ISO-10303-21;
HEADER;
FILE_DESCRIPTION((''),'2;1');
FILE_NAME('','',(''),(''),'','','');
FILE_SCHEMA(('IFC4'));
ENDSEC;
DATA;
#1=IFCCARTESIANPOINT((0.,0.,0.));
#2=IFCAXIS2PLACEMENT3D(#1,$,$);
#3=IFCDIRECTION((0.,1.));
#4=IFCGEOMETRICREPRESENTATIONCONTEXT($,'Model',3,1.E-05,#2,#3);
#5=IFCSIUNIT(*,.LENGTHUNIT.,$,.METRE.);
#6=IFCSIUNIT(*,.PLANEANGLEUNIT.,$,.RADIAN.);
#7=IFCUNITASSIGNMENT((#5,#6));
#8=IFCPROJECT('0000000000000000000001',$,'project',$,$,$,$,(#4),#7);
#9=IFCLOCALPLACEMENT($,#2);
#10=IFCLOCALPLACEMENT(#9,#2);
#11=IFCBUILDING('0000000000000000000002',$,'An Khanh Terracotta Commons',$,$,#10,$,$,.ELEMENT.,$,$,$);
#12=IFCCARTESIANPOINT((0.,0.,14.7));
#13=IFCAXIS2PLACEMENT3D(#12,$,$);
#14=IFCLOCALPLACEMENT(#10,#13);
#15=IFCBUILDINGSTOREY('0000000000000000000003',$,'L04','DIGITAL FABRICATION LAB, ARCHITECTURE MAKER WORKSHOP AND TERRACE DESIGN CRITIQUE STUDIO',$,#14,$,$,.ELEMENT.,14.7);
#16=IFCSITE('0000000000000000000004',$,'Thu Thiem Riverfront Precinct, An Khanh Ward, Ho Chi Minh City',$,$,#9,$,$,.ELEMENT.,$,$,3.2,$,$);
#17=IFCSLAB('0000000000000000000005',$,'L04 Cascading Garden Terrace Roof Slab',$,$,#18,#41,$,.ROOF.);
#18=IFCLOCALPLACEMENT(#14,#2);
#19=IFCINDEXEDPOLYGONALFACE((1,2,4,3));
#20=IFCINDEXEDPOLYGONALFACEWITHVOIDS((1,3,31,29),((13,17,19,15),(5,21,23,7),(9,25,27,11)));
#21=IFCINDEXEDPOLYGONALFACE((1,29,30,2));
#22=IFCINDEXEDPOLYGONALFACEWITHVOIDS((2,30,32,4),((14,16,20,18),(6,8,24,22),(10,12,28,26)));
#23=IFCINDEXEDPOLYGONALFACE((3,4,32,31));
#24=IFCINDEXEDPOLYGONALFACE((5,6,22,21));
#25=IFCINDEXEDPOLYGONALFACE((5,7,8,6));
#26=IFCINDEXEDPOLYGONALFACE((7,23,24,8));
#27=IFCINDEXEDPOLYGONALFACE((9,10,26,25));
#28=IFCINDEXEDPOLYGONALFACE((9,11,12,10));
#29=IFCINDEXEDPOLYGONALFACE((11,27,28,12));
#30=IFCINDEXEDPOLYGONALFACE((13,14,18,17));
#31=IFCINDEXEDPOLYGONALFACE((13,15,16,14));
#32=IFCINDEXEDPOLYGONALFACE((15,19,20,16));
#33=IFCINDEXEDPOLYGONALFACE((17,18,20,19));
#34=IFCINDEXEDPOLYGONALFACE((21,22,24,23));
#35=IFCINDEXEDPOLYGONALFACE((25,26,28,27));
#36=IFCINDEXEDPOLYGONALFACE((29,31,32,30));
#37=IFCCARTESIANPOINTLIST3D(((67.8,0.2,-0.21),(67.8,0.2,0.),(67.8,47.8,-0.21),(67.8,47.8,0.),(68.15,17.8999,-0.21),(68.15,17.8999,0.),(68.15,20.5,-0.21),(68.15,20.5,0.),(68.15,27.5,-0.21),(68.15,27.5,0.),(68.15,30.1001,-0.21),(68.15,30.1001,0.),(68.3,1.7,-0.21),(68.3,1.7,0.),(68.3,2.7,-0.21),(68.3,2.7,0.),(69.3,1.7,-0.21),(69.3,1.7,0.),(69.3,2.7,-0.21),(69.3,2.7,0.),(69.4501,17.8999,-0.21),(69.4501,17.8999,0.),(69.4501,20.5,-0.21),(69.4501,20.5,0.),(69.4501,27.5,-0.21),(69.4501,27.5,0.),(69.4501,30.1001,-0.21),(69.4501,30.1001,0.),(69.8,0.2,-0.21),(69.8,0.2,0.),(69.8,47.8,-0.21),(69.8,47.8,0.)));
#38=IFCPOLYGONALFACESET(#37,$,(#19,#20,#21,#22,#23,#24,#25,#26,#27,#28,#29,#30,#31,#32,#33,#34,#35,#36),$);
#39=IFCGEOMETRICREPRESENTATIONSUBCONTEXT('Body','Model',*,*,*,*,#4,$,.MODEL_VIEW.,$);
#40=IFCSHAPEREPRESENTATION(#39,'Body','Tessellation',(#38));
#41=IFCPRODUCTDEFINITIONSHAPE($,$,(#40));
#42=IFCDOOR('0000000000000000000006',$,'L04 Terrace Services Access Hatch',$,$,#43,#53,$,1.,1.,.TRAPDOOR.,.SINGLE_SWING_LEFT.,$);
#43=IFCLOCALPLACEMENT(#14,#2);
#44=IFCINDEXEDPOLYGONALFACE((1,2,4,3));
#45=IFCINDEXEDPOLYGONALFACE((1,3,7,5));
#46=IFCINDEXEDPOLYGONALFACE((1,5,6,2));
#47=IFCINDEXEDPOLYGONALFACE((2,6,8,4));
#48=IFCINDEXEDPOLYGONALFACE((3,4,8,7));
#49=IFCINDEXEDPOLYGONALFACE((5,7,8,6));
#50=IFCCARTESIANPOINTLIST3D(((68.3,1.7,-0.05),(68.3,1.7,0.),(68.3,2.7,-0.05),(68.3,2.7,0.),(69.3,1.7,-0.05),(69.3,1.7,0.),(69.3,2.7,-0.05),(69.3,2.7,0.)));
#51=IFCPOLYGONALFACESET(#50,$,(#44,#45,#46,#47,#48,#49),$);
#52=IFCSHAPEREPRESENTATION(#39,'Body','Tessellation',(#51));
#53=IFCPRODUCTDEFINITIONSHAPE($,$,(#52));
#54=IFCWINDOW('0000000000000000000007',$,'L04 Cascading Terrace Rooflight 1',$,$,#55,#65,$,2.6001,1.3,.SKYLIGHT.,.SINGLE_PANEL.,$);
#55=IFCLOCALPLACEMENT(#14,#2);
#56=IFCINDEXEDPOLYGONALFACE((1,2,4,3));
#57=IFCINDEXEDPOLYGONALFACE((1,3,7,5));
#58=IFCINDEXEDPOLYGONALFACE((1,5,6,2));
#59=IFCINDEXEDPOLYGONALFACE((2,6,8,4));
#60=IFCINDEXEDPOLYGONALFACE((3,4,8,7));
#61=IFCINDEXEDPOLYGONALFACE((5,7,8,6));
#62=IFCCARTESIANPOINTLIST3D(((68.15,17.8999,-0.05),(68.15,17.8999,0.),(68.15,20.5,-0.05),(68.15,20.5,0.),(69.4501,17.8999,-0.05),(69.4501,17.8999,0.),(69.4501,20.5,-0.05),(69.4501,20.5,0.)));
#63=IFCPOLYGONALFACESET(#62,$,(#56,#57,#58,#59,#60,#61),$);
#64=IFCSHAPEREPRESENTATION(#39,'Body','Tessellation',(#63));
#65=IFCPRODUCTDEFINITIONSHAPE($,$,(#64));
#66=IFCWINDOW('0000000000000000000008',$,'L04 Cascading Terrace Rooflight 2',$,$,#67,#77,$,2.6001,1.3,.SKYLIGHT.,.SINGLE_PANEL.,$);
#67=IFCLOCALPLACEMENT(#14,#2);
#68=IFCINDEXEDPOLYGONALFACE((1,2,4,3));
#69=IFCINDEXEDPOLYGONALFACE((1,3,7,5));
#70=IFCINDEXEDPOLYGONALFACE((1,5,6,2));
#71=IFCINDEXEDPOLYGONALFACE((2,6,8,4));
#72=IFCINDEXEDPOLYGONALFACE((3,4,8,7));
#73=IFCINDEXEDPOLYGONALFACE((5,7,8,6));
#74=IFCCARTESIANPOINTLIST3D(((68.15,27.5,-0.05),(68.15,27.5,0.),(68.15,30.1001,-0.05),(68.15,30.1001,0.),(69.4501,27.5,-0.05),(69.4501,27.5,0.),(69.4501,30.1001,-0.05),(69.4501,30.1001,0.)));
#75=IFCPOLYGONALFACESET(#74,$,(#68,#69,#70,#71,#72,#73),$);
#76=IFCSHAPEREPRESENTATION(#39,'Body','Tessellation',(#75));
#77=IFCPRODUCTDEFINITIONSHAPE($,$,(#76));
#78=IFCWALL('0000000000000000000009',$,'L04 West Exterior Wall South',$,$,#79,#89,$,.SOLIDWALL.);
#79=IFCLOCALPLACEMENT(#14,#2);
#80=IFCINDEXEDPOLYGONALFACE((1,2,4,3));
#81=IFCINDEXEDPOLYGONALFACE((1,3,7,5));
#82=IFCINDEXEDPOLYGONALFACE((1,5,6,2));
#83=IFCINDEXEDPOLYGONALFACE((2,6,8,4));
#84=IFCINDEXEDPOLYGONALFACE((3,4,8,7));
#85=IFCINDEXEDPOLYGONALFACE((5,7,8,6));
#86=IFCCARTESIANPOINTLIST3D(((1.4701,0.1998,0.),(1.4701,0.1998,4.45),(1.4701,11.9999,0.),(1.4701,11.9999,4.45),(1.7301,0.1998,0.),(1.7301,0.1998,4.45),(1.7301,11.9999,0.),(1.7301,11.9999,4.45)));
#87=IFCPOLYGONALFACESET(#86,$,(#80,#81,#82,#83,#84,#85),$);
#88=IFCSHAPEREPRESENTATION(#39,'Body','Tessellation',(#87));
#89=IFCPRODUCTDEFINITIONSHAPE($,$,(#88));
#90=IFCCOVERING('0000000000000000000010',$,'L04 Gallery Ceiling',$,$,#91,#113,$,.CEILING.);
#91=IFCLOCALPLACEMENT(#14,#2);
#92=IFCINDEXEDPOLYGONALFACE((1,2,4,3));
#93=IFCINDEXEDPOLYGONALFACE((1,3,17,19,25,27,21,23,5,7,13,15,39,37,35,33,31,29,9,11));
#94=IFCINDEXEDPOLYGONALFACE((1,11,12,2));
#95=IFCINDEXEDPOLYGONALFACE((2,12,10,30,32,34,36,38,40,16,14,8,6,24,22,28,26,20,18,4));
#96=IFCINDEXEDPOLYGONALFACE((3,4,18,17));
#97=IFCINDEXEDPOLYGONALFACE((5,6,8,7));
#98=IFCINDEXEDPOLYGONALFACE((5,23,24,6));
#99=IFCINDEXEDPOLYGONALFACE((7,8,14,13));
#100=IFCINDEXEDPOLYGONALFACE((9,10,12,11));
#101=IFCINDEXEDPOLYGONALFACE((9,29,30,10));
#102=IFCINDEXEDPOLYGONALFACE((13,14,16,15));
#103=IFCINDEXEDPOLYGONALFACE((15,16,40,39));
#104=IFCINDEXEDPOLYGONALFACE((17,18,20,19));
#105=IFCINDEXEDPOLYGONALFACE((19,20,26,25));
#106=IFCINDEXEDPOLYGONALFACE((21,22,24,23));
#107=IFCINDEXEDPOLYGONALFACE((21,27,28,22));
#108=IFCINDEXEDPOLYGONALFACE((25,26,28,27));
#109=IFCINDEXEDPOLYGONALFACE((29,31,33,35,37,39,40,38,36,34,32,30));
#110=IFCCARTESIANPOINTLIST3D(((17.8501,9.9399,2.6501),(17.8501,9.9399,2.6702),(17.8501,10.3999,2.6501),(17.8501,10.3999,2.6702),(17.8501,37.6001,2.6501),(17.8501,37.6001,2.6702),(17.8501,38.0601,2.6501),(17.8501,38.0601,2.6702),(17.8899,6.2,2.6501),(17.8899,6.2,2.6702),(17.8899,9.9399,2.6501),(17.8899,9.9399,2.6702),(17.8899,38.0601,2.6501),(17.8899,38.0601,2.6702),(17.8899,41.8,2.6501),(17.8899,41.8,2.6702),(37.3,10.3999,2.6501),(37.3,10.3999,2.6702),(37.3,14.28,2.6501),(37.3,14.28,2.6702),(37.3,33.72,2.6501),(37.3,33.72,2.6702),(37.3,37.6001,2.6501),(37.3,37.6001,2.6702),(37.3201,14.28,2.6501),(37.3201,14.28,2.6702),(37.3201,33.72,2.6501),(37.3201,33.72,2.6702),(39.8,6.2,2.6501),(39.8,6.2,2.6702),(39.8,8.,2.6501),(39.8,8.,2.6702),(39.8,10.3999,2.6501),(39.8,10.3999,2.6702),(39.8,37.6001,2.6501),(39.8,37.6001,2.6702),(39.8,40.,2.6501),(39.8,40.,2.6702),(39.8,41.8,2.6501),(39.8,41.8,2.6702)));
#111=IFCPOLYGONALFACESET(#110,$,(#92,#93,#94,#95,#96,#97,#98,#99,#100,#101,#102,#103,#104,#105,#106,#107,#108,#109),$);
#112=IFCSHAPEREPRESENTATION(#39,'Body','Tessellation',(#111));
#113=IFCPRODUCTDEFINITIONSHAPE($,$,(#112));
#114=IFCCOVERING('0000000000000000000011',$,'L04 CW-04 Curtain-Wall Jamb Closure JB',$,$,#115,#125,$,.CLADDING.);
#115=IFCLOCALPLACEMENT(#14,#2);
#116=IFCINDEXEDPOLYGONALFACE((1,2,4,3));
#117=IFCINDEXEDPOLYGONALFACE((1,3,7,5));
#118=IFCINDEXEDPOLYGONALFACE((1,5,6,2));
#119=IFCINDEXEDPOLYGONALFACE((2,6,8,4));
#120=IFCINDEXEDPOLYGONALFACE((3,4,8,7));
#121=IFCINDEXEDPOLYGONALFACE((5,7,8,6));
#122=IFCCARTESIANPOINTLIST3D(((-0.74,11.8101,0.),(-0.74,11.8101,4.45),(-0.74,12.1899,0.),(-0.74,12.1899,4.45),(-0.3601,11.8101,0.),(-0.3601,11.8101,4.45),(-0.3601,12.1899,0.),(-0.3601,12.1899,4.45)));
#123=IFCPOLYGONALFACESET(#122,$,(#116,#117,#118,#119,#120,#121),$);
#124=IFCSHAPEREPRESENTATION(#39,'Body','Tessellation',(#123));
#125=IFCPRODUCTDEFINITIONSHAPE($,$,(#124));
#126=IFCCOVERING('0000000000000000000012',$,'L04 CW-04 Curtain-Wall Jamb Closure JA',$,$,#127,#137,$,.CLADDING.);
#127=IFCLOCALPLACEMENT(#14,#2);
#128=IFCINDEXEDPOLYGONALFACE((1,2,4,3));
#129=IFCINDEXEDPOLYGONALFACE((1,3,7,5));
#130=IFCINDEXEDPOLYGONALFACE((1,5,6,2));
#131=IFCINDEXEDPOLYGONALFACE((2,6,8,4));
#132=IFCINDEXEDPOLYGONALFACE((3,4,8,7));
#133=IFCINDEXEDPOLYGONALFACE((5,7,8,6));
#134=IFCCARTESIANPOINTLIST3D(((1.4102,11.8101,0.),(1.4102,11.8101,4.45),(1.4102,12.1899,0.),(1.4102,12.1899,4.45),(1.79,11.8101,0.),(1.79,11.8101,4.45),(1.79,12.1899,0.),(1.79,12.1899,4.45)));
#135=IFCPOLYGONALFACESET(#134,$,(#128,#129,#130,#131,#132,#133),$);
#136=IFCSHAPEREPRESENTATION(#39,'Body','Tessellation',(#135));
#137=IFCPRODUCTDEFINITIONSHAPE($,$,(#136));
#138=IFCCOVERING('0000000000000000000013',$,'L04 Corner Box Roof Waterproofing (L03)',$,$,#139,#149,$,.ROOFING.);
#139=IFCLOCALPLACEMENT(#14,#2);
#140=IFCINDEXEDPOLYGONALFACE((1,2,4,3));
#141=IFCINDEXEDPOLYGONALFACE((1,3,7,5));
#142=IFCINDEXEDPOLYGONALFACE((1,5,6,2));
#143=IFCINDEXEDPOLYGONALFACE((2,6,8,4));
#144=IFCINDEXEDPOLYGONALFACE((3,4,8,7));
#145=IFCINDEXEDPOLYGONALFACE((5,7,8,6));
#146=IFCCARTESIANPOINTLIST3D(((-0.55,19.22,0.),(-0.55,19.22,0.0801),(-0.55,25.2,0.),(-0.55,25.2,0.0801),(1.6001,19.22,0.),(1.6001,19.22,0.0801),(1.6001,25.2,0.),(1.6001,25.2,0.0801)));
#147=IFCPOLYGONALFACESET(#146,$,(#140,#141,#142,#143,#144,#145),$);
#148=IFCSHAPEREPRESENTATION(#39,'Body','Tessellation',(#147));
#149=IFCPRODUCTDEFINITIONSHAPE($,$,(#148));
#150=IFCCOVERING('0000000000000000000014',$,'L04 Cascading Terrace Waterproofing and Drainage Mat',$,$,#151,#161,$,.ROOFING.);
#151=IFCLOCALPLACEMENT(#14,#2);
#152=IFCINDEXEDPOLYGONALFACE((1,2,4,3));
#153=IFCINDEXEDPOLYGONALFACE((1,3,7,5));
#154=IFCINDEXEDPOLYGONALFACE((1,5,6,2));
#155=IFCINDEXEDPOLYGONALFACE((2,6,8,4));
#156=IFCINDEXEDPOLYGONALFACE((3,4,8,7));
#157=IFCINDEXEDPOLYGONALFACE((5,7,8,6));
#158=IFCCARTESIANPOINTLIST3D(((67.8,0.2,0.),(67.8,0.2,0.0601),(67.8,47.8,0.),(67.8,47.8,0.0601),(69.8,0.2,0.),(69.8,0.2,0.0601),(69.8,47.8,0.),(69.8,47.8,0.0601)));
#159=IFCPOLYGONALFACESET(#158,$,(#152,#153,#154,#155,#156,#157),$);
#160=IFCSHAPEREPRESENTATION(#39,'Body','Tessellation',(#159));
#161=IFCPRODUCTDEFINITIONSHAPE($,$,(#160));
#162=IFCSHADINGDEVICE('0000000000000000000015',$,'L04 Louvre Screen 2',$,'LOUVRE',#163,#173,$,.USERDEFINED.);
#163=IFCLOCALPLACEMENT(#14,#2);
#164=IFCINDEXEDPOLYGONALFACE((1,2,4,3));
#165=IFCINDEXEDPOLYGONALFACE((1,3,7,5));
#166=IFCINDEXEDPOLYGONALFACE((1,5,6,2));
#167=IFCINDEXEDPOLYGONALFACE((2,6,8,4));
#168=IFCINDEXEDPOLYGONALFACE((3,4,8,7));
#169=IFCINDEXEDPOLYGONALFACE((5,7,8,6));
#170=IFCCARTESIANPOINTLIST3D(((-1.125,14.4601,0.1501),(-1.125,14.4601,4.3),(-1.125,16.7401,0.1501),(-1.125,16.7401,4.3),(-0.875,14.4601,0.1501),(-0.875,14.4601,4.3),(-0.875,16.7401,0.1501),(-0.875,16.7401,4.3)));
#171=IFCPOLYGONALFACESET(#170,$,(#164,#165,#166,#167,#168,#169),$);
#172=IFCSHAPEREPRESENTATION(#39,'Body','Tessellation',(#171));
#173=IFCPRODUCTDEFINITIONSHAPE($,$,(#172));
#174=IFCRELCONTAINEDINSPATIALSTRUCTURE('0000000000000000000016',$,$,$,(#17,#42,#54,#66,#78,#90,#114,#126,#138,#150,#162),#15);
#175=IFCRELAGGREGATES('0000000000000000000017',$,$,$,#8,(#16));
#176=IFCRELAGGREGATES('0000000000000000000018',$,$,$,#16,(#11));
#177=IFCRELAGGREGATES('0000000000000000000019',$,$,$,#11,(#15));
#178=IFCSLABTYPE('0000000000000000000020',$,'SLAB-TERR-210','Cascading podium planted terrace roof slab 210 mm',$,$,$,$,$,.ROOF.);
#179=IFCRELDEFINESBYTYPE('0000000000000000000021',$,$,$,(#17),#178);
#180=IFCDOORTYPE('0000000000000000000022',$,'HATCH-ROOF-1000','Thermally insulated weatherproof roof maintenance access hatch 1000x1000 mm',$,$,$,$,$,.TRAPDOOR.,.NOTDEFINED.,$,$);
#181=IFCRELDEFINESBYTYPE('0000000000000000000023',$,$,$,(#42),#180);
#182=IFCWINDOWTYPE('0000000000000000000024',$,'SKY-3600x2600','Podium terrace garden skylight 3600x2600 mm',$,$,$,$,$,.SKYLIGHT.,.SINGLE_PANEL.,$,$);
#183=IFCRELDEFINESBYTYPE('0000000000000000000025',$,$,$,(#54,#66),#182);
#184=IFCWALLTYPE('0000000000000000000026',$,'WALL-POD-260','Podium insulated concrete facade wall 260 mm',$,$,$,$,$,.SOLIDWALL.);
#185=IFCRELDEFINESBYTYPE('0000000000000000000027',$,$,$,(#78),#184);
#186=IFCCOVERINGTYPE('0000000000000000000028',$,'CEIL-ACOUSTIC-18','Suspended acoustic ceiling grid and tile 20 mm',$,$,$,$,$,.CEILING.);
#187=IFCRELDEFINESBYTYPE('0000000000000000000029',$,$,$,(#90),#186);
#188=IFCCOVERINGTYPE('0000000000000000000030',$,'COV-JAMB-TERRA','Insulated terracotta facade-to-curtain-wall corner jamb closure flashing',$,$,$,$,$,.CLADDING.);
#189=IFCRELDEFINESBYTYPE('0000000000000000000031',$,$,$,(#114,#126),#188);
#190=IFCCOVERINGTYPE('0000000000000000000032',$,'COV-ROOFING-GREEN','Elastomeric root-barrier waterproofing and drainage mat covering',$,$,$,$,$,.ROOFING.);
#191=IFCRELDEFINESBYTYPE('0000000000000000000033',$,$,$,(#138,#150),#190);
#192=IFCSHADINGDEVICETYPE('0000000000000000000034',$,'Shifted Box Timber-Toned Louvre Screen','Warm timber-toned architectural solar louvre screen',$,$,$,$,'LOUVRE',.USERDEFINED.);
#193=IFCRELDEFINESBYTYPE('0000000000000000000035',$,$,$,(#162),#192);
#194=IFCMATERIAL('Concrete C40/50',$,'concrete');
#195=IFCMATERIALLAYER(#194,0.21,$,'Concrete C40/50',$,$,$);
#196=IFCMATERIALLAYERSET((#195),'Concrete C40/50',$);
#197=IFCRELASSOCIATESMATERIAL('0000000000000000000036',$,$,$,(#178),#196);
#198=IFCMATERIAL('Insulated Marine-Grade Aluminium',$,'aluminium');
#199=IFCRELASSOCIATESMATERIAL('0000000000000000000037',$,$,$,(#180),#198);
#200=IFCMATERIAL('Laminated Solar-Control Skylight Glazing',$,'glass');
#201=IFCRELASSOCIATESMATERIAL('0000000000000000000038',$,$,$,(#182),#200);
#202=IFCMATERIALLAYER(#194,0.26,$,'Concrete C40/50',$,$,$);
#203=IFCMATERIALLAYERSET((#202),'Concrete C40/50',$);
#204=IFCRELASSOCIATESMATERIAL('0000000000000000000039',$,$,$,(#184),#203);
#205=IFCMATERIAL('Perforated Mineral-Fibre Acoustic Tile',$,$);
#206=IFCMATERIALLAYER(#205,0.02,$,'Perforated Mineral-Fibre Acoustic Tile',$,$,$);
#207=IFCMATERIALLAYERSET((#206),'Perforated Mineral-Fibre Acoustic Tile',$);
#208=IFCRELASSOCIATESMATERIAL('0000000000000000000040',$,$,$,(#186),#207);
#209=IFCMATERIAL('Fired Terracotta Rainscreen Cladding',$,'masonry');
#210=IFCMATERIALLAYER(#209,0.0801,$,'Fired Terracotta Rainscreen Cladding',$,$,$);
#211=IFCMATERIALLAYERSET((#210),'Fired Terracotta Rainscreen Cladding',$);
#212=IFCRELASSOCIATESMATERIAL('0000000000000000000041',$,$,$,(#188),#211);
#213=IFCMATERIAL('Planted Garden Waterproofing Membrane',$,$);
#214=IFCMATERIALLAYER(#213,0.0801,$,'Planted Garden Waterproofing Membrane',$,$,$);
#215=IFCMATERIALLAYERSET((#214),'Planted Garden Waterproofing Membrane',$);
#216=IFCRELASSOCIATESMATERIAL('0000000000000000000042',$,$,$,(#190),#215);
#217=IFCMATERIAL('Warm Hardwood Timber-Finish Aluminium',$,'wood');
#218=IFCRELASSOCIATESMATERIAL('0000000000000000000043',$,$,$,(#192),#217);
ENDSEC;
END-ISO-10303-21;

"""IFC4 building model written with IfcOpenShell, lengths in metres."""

from ifc_helpers import new_model, si_unit, direction, frame, frame_2d, origin, origin_2d, place, context, subcontext, project, spatial, polyline, rectangle, outline, extrude, material, layer, layer_set, type_object, element, fill, save


model = new_model("IFC4")

# Units and contexts
model_context = context("Model", 3, precision=1e-05, world=origin(), true_north=direction((0.0, 1.0)))
body_context = subcontext(model_context, "Body", "Model", "MODEL_VIEW")
ifc_project = project(units=[si_unit("LENGTHUNIT", "METRE"), si_unit("PLANEANGLEUNIT", "RADIAN")], contexts=[model_context])

# Site, building, storey
site_placement = place(None, origin())
site = spatial("IfcSite", under=ifc_project, at=site_placement, Name="Thu Thiem Riverfront Precinct, An Khanh Ward, Ho Chi Minh City", CompositionType="ELEMENT", RefElevation=3.2)
building_placement = place(site_placement, origin())
building = spatial("IfcBuilding", under=site, at=building_placement, Name="An Khanh Terracotta Commons", CompositionType="ELEMENT")
storey_placement = place(building_placement, frame((0.0, 0.0, 14.7)))
storey = spatial("IfcBuildingStorey", under=building, at=storey_placement, Name="L04", Description="DIGITAL FABRICATION LAB, ARCHITECTURE MAKER WORKSHOP AND TERRACE DESIGN CRITIQUE STUDIO", CompositionType="ELEMENT", Elevation=14.7)

# Shared definitions
ifc_material_1 = material(Name="Concrete C40/50", Category="concrete")

# Slab, openings, door, windows
ifc_layer_1 = layer(ifc_material_1, 0.21, Name="Concrete C40/50")
ifc_layer_set_1 = layer_set([ifc_layer_1], Name="Concrete C40/50")
slab_type_1 = type_object("IfcSlabType", Name="SLAB-TERR-210", Description="Cascading podium planted terrace roof slab 210 mm", PredefinedType="ROOF", material=ifc_layer_set_1)
slab_1_placement = place(storey_placement, frame((0.0, 0.0, -0.21)))
slab_1 = element("IfcSlab", 1, at=slab_1_placement, inside=storey, type_object=slab_type_1, Name="L04 Cascading Garden Terrace Roof Slab", PredefinedType="ROOF", context=body_context, shape_type="SweptSolid", body=[
    extrude(outline(polyline([(67.8, 0.2), (69.8, 0.2), (69.8, 47.8), (67.8, 47.8), (67.8, 0.2)])), origin(), (0.0, 0.0, 1.0), 0.21),
])
opening_1_placement = place(slab_1_placement, frame((68.8, 19.2, 0.0)))
opening_1 = element("IfcOpeningElement", 2, at=opening_1_placement, cuts=slab_1, PredefinedType="OPENING", context=body_context, shape_type="SweptSolid", body=[
    extrude(rectangle(XDim=1.3, YDim=2.6001, at=origin_2d()), frame((0.0, 0.0, -0.01)), (0.0, 0.0, 1.0), 0.23),
])
opening_2_placement = place(slab_1_placement, frame((68.8, 28.8, 0.0)))
opening_2 = element("IfcOpeningElement", 3, at=opening_2_placement, cuts=slab_1, PredefinedType="OPENING", context=body_context, shape_type="SweptSolid", body=[
    extrude(rectangle(XDim=1.3, YDim=2.6001, at=origin_2d()), frame((0.0, 0.0, -0.01)), (0.0, 0.0, 1.0), 0.23),
])
opening_3_placement = place(slab_1_placement, frame((68.8, 2.2, 0.0)))
opening_3 = element("IfcOpeningElement", 4, at=opening_3_placement, cuts=slab_1, PredefinedType="OPENING", context=body_context, shape_type="SweptSolid", body=[
    extrude(rectangle(XDim=1.0, YDim=1.0, at=origin_2d()), frame((0.0, 0.0, -0.01)), (0.0, 0.0, 1.0), 0.23),
])
ifc_material_2 = material(Name="Insulated Marine-Grade Aluminium", Category="aluminium")
door_type = type_object("IfcDoorType", Name="HATCH-ROOF-1000", Description="Thermally insulated weatherproof roof maintenance access hatch 1000x1000 mm", OperationType="NOTDEFINED", PredefinedType="TRAPDOOR", material=ifc_material_2)
door_placement = place(opening_3_placement, frame((0.0, 0.0, 0.1599)))
door = element("IfcDoor", 5, at=door_placement, inside=storey, type_object=door_type, Name="L04 Terrace Services Access Hatch", OperationType="SINGLE_SWING_LEFT", OverallHeight=1.0, OverallWidth=1.0, PredefinedType="TRAPDOOR", context=body_context, shape_type="SweptSolid", body=[
    extrude(rectangle(XDim=1.0, YDim=1.0, at=origin_2d()), origin(), (0.0, 0.0, 1.0), 0.05),
])
fill(opening_3, door)
ifc_material_3 = material(Name="Laminated Solar-Control Skylight Glazing", Category="glass")
window_type = type_object("IfcWindowType", Name="SKY-3600x2600", Description="Podium terrace garden skylight 3600x2600 mm", PartitioningType="SINGLE_PANEL", PredefinedType="SKYLIGHT", material=ifc_material_3)
window_1_placement = place(opening_1_placement, frame((0.0, 0.0, 0.1599)))
window_1 = element("IfcWindow", 6, at=window_1_placement, inside=storey, type_object=window_type, Name="L04 Cascading Terrace Rooflight 1", OverallHeight=2.6001, OverallWidth=1.3, PartitioningType="SINGLE_PANEL", PredefinedType="SKYLIGHT", context=body_context, shape_type="SweptSolid", body=[
    extrude(rectangle(XDim=1.3, YDim=2.6001, at=origin_2d()), origin(), (0.0, 0.0, 1.0), 0.05),
])
fill(opening_1, window_1)
window_2_placement = place(opening_2_placement, frame((0.0, 0.0, 0.1599)))
window_2 = element("IfcWindow", 7, at=window_2_placement, inside=storey, type_object=window_type, Name="L04 Cascading Terrace Rooflight 2", OverallHeight=2.6001, OverallWidth=1.3, PartitioningType="SINGLE_PANEL", PredefinedType="SKYLIGHT", context=body_context, shape_type="SweptSolid", body=[
    extrude(rectangle(XDim=1.3, YDim=2.6001, at=origin_2d()), origin(), (0.0, 0.0, 1.0), 0.05),
])
fill(opening_2, window_2)

# Wall
ifc_layer_2 = layer(ifc_material_1, 0.26, Name="Concrete C40/50")
ifc_layer_set_2 = layer_set([ifc_layer_2], Name="Concrete C40/50")
wall_type = type_object("IfcWallType", Name="WALL-POD-260", Description="Podium insulated concrete facade wall 260 mm", PredefinedType="SOLIDWALL", material=ifc_layer_set_2)
wall_placement = place(storey_placement, frame((1.6001, 0.2, 0.0), z_axis=(0.0, 0.0, 1.0), x_axis=(0.0, 1.0, 0.0)))
element("IfcWall", 8, at=wall_placement, inside=storey, type_object=wall_type, Name="L04 West Exterior Wall South", PredefinedType="SOLIDWALL", context=body_context, shape_type="SweptSolid", body=[
    extrude(rectangle(XDim=11.8, YDim=0.26, at=frame_2d((5.8999, 0.0))), origin(), (0.0, 0.0, 1.0), 4.45),
])

# Coverings
ifc_material_4 = material(Name="Perforated Mineral-Fibre Acoustic Tile")
ifc_layer_3 = layer(ifc_material_4, 0.02, Name="Perforated Mineral-Fibre Acoustic Tile")
ifc_layer_set_3 = layer_set([ifc_layer_3], Name="Perforated Mineral-Fibre Acoustic Tile")
covering_type_1 = type_object("IfcCoveringType", Name="CEIL-ACOUSTIC-18", Description="Suspended acoustic ceiling grid and tile 20 mm", PredefinedType="CEILING", material=ifc_layer_set_3)
covering_1_placement = place(storey_placement, frame((0.0, 0.0, 2.6501)))
element("IfcCovering", 9, at=covering_1_placement, inside=storey, type_object=covering_type_1, Name="L04 Gallery Ceiling", PredefinedType="CEILING", context=body_context, shape_type="SweptSolid", body=[
    extrude(outline(polyline([(17.8899, 6.2), (17.8899, 9.9399), (17.8501, 9.9399), (17.8501, 10.3999), (37.3, 10.3999), (37.3, 14.28), (37.3201, 14.28), (37.3201, 33.72), (37.3, 33.72), (37.3, 37.6001), (17.8501, 37.6001), (17.8501, 38.0601), (17.8899, 38.0601), (17.8899, 41.8), (39.8, 41.8), (39.8, 40.0), (39.8, 37.6001), (39.8, 10.3999), (39.8, 8.0), (39.8, 6.2), (17.8899, 6.2)])), origin(), (0.0, 0.0, 1.0), 0.02),
])
ifc_material_5 = material(Name="Fired Terracotta Rainscreen Cladding", Category="masonry")
ifc_layer_4 = layer(ifc_material_5, 0.0801, Name="Fired Terracotta Rainscreen Cladding")
ifc_layer_set_4 = layer_set([ifc_layer_4], Name="Fired Terracotta Rainscreen Cladding")
covering_type_2 = type_object("IfcCoveringType", Name="COV-JAMB-TERRA", Description="Insulated terracotta facade-to-curtain-wall corner jamb closure flashing", PredefinedType="CLADDING", material=ifc_layer_set_4)
for number, where, z_axis, x_axis, name in (
    (10, (-0.55, 12.0, 0.0), (0.0, 0.0, 1.0), (1.0, 0.0, 0.0), "L04 CW-04 Curtain-Wall Jamb Closure JB"),
    (11, (1.6001, 12.0, 0.0), (0.0, 0.0, 1.0), (1.0, 0.0, 0.0), "L04 CW-04 Curtain-Wall Jamb Closure JA"),
):
    element("IfcCovering", number, at=place(storey_placement, frame(where, z_axis=z_axis, x_axis=x_axis)), inside=storey, type_object=covering_type_2, Name=name, PredefinedType="CLADDING", context=body_context, shape_type="SweptSolid", body=[
        extrude(rectangle(XDim=0.3799, YDim=0.3799, at=origin_2d()), origin(), (0.0, 0.0, 1.0), 4.45),
    ])
ifc_material_6 = material(Name="Planted Garden Waterproofing Membrane")
ifc_layer_5 = layer(ifc_material_6, 0.0801, Name="Planted Garden Waterproofing Membrane")
ifc_layer_set_5 = layer_set([ifc_layer_5], Name="Planted Garden Waterproofing Membrane")
covering_type_3 = type_object("IfcCoveringType", Name="COV-ROOFING-GREEN", Description="Elastomeric root-barrier waterproofing and drainage mat covering", PredefinedType="ROOFING", material=ifc_layer_set_5)
covering_2_placement = place(storey_placement, origin())
element("IfcCovering", 12, at=covering_2_placement, inside=storey, type_object=covering_type_3, Name="L04 Corner Box Roof Waterproofing (L03)", PredefinedType="ROOFING", context=body_context, shape_type="SweptSolid", body=[
    extrude(outline(polyline([(-0.55, 25.2), (1.6001, 25.2), (1.6001, 19.22), (-0.55, 19.22), (-0.55, 25.2)])), origin(), (0.0, 0.0, 1.0), 0.0801),
])
covering_3_placement = place(storey_placement, origin())
element("IfcCovering", 13, at=covering_3_placement, inside=storey, type_object=covering_type_3, Name="L04 Cascading Terrace Waterproofing and Drainage Mat", PredefinedType="ROOFING", context=body_context, shape_type="SweptSolid", body=[
    extrude(outline(polyline([(67.8, 0.2), (69.8, 0.2), (69.8, 47.8), (67.8, 47.8), (67.8, 0.2)])), origin(), (0.0, 0.0, 1.0), 0.0601),
])

# Shading device
ifc_material_7 = material(Name="Warm Hardwood Timber-Finish Aluminium", Category="wood")
shading_device_type = type_object("IfcShadingDeviceType", Name="Shifted Box Timber-Toned Louvre Screen", Description="Warm timber-toned architectural solar louvre screen", ElementType="LOUVRE", PredefinedType="USERDEFINED", material=ifc_material_7)
for number, where, z_axis, x_axis, name in (
    (14, (-1.0, 15.6001, 0.1501), (0.0, 0.0, 1.0), (0.0, -1.0, 0.0), "L04 Louvre Screen 2"),
):
    element("IfcShadingDevice", number, at=place(storey_placement, frame(where, z_axis=z_axis, x_axis=x_axis)), inside=storey, type_object=shading_device_type, Name=name, ObjectType="LOUVRE", PredefinedType="USERDEFINED", context=body_context, shape_type="SweptSolid", body=[
        extrude(rectangle(XDim=2.28, YDim=0.25, at=origin_2d()), origin(), (0.0, 0.0, 1.0), 4.1499),
    ])

save(model, "model.ifc")
